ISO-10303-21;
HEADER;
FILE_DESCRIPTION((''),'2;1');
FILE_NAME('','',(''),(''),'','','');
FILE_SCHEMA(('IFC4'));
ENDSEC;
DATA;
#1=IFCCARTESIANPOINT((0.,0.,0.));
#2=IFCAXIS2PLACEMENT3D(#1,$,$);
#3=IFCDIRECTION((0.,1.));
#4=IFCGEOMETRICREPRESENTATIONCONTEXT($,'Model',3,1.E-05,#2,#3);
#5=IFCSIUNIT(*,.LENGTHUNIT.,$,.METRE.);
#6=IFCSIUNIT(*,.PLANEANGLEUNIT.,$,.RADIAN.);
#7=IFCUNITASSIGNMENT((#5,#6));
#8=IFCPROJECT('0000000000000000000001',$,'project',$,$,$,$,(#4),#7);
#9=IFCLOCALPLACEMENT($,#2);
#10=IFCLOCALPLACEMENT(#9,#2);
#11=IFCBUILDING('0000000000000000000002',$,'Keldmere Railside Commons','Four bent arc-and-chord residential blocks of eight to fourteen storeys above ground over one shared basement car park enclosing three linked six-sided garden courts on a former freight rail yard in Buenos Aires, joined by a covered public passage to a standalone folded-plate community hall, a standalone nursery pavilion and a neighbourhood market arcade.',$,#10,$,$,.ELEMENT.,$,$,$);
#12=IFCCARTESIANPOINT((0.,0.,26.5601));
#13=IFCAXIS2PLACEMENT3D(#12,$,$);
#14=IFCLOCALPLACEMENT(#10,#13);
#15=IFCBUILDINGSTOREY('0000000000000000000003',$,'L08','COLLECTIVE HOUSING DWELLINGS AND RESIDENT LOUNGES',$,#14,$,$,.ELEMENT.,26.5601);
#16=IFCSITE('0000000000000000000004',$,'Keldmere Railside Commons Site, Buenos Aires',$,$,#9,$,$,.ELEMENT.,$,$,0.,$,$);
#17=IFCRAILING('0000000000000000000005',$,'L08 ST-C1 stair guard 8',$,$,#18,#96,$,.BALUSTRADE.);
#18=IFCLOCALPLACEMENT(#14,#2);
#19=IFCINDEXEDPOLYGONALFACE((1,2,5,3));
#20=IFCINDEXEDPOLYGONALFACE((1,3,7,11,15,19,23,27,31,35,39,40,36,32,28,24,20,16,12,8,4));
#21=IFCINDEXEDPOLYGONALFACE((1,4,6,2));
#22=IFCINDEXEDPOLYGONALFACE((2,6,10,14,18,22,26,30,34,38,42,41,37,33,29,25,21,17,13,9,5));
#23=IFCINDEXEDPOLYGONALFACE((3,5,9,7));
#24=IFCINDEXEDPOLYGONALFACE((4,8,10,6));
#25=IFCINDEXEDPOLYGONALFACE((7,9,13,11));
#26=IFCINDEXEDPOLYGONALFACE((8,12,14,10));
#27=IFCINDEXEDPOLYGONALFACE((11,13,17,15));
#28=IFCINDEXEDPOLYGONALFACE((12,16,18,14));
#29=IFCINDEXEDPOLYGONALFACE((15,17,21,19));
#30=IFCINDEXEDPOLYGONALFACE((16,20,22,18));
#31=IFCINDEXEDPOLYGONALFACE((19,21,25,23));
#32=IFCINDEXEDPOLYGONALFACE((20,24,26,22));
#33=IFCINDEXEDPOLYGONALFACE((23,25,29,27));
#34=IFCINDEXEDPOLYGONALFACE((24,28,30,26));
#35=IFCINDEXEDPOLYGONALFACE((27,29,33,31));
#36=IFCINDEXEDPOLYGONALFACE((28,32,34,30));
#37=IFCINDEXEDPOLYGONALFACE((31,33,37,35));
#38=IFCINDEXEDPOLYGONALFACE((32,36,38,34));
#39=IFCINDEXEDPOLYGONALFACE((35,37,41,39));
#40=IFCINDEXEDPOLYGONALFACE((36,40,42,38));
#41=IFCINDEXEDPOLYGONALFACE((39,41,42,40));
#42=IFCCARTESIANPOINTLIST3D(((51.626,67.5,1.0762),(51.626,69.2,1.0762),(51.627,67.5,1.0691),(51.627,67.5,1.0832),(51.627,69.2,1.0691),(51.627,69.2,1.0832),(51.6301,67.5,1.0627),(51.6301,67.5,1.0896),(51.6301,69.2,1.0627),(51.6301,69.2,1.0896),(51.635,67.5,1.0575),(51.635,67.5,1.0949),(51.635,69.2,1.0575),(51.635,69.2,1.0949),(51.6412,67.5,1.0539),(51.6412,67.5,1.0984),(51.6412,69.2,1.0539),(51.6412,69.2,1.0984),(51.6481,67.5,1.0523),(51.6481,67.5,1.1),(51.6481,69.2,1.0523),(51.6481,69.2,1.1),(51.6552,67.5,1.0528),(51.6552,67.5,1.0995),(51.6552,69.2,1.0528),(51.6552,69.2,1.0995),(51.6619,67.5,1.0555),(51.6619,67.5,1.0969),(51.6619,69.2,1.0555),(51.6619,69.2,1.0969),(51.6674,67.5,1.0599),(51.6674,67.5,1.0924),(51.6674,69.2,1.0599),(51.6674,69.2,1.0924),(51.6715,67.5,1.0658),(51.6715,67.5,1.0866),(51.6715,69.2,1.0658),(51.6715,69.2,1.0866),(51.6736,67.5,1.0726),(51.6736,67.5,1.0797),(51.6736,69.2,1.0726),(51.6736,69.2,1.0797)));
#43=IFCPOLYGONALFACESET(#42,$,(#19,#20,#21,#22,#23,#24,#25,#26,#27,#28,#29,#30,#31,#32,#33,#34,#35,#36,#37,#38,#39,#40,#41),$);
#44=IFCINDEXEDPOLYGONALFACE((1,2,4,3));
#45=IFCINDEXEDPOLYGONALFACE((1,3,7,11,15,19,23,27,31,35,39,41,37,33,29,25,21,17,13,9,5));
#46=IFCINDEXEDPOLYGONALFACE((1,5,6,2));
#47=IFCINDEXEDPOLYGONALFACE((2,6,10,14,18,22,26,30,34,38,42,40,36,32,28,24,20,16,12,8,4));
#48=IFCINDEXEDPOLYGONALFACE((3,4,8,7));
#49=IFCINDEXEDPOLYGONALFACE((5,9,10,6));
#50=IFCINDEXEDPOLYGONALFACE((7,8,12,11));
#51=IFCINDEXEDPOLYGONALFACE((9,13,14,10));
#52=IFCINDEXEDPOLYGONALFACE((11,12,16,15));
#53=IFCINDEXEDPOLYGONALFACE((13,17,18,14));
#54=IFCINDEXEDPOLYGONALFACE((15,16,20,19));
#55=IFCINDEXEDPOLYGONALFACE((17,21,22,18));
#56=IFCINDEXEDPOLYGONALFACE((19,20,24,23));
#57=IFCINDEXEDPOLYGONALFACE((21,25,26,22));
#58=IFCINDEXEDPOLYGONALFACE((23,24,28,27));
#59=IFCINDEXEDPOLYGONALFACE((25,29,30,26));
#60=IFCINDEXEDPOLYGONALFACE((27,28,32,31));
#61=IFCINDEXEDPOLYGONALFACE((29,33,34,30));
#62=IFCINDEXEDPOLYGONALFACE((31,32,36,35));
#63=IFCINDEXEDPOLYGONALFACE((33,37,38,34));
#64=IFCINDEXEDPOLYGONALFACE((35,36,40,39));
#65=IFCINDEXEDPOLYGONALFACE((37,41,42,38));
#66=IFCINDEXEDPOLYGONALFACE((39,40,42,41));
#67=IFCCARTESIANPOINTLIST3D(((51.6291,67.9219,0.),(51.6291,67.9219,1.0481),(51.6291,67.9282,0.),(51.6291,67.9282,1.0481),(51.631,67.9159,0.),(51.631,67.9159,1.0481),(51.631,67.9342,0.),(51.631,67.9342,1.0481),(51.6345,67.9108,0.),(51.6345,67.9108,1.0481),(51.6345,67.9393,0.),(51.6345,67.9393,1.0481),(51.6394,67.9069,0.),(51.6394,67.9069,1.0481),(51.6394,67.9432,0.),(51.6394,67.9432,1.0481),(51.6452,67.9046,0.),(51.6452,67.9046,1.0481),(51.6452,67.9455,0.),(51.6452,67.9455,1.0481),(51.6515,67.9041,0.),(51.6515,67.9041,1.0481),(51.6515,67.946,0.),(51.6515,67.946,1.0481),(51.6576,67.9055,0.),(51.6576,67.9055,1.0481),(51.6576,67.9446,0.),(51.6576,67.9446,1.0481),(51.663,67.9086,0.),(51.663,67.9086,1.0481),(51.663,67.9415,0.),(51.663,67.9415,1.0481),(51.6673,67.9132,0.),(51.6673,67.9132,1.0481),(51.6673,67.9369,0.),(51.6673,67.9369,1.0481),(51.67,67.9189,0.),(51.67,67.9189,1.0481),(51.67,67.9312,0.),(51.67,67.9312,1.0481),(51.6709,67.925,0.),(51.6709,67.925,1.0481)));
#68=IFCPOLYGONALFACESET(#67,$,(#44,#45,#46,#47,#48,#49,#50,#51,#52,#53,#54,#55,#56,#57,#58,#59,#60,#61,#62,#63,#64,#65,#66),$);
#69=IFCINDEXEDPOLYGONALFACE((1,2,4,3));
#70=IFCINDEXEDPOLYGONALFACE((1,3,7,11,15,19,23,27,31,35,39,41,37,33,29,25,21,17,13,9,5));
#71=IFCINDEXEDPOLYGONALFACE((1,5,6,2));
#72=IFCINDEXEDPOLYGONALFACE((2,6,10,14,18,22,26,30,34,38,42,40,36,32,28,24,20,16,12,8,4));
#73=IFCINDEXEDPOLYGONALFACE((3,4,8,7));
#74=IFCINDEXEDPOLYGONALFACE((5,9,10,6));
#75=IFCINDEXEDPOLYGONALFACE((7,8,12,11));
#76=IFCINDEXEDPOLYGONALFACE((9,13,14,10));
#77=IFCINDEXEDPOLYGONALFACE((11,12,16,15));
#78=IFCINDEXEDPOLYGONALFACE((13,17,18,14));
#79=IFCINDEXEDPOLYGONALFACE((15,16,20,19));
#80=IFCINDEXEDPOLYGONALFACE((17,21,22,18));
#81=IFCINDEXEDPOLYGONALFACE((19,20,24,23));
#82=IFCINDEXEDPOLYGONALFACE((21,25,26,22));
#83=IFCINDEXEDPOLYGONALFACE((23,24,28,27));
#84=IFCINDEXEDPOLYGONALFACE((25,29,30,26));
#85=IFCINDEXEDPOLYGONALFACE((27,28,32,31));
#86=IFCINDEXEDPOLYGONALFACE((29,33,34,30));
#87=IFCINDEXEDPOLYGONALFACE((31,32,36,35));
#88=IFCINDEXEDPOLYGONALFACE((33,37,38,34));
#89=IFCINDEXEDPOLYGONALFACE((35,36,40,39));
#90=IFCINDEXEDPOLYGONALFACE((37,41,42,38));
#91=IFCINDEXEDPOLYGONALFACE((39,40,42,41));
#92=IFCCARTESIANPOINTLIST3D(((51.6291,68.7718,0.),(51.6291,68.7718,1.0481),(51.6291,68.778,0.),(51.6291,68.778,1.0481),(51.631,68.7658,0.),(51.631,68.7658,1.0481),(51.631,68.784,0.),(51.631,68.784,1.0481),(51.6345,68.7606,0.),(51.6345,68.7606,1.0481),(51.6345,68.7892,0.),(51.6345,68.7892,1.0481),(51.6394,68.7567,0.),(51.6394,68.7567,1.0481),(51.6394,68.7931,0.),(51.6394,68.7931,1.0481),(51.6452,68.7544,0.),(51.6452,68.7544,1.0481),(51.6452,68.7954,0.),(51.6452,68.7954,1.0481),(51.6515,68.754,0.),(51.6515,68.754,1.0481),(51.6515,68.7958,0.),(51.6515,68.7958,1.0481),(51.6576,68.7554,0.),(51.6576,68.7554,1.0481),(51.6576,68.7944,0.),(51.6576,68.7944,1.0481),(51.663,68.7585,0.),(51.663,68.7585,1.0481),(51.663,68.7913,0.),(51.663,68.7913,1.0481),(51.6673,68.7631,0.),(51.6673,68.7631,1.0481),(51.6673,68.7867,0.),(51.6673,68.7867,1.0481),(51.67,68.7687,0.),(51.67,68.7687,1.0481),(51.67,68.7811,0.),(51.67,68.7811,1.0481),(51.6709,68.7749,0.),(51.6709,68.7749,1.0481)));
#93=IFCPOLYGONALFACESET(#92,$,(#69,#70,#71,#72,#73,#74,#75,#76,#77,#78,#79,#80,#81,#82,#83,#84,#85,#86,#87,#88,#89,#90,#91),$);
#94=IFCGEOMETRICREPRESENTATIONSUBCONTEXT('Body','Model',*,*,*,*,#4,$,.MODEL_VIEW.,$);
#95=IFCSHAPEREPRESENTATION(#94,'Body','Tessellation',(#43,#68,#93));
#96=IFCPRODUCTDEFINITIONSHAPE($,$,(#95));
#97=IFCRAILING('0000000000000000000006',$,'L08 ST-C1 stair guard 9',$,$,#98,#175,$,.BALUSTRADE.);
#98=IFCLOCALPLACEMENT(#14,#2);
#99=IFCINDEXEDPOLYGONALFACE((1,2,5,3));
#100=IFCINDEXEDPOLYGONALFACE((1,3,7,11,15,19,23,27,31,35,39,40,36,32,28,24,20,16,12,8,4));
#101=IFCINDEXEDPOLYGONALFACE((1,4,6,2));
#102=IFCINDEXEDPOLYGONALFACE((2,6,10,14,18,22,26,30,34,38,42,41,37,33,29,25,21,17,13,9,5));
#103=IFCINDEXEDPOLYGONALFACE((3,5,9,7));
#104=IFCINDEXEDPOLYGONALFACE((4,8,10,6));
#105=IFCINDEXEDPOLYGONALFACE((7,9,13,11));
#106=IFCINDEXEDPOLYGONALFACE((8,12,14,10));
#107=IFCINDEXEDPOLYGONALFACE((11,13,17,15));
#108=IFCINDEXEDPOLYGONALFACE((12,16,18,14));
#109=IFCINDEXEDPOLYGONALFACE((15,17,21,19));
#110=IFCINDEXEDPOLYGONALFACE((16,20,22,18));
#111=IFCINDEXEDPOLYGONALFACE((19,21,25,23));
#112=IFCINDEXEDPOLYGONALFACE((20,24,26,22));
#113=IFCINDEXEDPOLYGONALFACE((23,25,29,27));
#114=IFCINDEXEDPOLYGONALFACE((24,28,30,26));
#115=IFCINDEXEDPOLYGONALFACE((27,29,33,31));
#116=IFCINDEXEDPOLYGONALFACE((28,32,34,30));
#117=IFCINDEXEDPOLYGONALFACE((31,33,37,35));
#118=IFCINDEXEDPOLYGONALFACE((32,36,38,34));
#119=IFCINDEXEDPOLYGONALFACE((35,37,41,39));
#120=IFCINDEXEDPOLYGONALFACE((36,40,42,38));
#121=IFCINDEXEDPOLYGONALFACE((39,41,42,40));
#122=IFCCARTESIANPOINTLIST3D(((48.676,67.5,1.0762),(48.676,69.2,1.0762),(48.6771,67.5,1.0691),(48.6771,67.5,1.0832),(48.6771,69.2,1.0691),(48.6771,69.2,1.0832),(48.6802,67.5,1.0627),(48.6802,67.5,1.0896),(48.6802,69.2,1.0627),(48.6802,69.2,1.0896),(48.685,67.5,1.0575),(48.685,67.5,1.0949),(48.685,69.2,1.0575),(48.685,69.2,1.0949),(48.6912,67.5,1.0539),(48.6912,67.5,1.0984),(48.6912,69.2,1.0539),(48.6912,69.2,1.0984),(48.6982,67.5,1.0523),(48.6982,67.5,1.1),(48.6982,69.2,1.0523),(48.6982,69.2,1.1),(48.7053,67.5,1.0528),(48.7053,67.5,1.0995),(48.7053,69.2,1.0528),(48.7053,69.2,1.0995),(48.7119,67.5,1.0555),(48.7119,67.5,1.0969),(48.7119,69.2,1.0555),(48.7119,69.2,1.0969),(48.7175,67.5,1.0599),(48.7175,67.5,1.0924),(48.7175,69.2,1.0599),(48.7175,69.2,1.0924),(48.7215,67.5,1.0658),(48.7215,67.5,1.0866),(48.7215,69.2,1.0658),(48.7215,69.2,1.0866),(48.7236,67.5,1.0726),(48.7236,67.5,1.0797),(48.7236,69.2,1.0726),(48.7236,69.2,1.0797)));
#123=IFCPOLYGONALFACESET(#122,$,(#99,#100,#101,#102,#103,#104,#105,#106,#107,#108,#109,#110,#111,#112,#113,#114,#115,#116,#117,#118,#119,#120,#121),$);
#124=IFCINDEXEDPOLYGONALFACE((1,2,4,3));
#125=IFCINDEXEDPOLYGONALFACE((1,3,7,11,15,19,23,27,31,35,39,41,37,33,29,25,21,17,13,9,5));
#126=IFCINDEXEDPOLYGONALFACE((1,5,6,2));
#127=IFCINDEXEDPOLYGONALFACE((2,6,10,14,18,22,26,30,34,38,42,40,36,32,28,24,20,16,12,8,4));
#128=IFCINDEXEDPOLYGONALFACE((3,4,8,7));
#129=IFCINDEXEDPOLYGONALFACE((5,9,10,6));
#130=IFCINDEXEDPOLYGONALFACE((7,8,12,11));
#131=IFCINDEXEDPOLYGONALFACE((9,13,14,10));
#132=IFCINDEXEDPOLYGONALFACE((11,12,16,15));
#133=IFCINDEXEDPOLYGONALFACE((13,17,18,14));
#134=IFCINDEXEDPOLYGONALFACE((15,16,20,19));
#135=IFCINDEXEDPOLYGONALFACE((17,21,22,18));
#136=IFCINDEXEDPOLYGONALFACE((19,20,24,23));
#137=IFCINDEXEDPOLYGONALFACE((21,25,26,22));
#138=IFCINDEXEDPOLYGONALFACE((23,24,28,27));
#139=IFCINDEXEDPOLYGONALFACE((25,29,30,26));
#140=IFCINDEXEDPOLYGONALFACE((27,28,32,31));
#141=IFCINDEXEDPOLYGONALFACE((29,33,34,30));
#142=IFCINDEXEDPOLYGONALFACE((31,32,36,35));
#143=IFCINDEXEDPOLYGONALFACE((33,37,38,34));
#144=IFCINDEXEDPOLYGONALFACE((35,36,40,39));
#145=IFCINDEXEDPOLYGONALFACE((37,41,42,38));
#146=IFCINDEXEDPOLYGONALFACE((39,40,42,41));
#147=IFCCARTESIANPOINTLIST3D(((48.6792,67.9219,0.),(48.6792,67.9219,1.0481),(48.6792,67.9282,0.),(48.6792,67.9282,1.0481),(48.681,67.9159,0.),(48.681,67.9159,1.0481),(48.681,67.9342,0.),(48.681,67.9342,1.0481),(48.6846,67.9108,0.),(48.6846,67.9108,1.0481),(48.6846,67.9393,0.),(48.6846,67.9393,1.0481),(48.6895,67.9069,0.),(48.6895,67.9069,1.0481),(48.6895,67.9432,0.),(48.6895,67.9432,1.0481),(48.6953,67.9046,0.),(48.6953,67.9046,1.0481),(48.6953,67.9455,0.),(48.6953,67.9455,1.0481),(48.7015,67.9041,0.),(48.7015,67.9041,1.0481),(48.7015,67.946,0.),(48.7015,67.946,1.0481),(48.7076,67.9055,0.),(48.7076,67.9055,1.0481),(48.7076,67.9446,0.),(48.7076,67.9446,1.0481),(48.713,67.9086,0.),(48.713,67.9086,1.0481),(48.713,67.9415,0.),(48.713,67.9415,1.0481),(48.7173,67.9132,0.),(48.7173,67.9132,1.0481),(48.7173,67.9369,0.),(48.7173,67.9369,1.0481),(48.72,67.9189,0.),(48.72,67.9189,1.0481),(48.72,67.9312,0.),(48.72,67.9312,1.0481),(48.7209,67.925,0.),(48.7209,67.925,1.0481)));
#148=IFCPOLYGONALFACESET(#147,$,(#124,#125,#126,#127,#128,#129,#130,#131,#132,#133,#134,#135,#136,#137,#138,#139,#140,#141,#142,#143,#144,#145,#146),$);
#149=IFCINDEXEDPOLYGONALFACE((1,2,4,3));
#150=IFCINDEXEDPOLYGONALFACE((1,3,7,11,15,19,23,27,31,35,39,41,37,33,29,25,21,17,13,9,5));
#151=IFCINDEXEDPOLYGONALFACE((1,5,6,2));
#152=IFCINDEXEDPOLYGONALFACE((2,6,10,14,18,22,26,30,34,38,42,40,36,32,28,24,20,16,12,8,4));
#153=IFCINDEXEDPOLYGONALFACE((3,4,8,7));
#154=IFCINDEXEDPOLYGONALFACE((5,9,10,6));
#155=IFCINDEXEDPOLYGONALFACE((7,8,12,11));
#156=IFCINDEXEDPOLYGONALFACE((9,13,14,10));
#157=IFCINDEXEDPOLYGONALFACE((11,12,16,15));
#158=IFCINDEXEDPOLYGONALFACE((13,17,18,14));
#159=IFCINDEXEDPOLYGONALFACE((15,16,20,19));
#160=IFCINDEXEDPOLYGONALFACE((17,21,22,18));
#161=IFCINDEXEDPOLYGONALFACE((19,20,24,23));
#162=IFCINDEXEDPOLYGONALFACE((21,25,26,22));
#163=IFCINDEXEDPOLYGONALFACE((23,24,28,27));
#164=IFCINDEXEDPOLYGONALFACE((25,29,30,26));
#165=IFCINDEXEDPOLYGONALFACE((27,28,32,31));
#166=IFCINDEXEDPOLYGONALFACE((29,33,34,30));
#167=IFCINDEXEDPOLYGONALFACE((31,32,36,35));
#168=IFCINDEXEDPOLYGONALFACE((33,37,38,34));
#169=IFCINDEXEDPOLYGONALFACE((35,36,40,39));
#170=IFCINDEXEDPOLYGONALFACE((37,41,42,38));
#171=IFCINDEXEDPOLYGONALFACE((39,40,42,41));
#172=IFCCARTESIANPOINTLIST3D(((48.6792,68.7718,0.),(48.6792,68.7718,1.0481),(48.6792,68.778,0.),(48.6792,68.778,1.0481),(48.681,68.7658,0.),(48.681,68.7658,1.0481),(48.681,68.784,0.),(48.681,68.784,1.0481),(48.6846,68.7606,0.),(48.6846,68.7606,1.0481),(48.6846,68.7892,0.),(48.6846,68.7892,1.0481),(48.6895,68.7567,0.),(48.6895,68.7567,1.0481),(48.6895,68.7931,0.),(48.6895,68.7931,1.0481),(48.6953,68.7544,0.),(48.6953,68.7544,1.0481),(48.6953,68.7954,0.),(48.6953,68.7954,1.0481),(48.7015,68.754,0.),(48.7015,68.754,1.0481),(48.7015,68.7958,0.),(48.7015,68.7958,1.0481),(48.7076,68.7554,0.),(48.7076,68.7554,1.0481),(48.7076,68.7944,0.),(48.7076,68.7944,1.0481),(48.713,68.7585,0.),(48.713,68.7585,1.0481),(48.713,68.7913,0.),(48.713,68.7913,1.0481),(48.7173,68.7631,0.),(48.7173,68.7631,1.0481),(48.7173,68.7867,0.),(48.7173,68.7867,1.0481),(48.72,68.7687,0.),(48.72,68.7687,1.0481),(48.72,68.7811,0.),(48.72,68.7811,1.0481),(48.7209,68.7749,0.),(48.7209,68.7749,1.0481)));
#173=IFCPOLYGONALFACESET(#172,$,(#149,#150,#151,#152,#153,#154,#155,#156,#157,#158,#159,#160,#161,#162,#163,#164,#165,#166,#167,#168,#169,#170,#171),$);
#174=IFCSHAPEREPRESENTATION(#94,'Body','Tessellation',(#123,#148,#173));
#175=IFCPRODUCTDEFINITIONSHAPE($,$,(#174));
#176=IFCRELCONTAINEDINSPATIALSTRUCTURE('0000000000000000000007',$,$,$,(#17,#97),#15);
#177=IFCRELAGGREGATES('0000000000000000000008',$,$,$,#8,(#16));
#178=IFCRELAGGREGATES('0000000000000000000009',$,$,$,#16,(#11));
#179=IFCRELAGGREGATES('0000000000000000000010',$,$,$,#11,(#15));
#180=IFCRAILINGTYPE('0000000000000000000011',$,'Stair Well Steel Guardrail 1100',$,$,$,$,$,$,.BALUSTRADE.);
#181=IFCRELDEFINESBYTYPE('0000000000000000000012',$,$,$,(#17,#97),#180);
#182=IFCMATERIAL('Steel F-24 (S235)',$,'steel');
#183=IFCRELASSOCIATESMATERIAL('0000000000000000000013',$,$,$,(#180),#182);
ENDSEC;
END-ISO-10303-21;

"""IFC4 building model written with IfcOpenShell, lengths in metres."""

from ifc_helpers import new_model, si_unit, direction, frame, origin, origin_2d, place, context, subcontext, project, spatial, circle, extrude, material, type_object, element, save


model = new_model("IFC4")

# Units and contexts
model_context = context("Model", 3, precision=1e-05, world=origin(), true_north=direction((0.0, 1.0)))
body_context = subcontext(model_context, "Body", "Model", "MODEL_VIEW")
ifc_project = project(units=[si_unit("LENGTHUNIT", "METRE"), si_unit("PLANEANGLEUNIT", "RADIAN")], contexts=[model_context])

# Site, building, storey
site_placement = place(None, origin())
site = spatial("IfcSite", under=ifc_project, at=site_placement, Name="Keldmere Railside Commons Site, Buenos Aires", CompositionType="ELEMENT", RefElevation=0.0)
building_placement = place(site_placement, origin())
building = spatial("IfcBuilding", under=site, at=building_placement, Name="Keldmere Railside Commons", Description="Four bent arc-and-chord residential blocks of eight to fourteen storeys above ground over one shared basement car park enclosing three linked six-sided garden courts on a former freight rail yard in Buenos Aires, joined by a covered public passage to a standalone folded-plate community hall, a standalone nursery pavilion and a neighbourhood market arcade.", CompositionType="ELEMENT")
storey_placement = place(building_placement, frame((0.0, 0.0, 26.5601)))
storey = spatial("IfcBuildingStorey", under=building, at=storey_placement, Name="L08", Description="COLLECTIVE HOUSING DWELLINGS AND RESIDENT LOUNGES", CompositionType="ELEMENT", Elevation=26.5601)

# Railings
ifc_material_1 = material(Name="Steel F-24 (S235)", Category="steel")
railing_type_1 = type_object("IfcRailingType", Name="Stair Well Steel Guardrail 1100", PredefinedType="BALUSTRADE", material=ifc_material_1)
for number, where, name in (
    (1, (51.6499, 67.5, 0.0), "L08 ST-C1 stair guard 8"),
    (2, (48.7, 67.5, 0.0), "L08 ST-C1 stair guard 9"),
):
    element("IfcRailing", number, at=place(storey_placement, frame(where)), inside=storey, type_object=railing_type_1, Name=name, PredefinedType="BALUSTRADE", context=body_context, shape_type="SweptSolid", body=[
        extrude(circle(Radius=0.0239, at=origin_2d()), frame((0.0, 0.0, 1.0762), z_axis=(0.0, 1.0, 0.0), x_axis=(-1.0, 0.0, 0.0)), (0.0, 0.0, 1.0), 1.7),
        extrude(circle(Radius=0.021, at=origin_2d()), frame((0.0, 0.425, 0.0)), (0.0, 0.0, 1.0), 1.0481),
        extrude(circle(Radius=0.021, at=origin_2d()), frame((0.0, 1.2749, 0.0)), (0.0, 0.0, 1.0), 1.0481),
    ])

save(model, "model.ifc")
